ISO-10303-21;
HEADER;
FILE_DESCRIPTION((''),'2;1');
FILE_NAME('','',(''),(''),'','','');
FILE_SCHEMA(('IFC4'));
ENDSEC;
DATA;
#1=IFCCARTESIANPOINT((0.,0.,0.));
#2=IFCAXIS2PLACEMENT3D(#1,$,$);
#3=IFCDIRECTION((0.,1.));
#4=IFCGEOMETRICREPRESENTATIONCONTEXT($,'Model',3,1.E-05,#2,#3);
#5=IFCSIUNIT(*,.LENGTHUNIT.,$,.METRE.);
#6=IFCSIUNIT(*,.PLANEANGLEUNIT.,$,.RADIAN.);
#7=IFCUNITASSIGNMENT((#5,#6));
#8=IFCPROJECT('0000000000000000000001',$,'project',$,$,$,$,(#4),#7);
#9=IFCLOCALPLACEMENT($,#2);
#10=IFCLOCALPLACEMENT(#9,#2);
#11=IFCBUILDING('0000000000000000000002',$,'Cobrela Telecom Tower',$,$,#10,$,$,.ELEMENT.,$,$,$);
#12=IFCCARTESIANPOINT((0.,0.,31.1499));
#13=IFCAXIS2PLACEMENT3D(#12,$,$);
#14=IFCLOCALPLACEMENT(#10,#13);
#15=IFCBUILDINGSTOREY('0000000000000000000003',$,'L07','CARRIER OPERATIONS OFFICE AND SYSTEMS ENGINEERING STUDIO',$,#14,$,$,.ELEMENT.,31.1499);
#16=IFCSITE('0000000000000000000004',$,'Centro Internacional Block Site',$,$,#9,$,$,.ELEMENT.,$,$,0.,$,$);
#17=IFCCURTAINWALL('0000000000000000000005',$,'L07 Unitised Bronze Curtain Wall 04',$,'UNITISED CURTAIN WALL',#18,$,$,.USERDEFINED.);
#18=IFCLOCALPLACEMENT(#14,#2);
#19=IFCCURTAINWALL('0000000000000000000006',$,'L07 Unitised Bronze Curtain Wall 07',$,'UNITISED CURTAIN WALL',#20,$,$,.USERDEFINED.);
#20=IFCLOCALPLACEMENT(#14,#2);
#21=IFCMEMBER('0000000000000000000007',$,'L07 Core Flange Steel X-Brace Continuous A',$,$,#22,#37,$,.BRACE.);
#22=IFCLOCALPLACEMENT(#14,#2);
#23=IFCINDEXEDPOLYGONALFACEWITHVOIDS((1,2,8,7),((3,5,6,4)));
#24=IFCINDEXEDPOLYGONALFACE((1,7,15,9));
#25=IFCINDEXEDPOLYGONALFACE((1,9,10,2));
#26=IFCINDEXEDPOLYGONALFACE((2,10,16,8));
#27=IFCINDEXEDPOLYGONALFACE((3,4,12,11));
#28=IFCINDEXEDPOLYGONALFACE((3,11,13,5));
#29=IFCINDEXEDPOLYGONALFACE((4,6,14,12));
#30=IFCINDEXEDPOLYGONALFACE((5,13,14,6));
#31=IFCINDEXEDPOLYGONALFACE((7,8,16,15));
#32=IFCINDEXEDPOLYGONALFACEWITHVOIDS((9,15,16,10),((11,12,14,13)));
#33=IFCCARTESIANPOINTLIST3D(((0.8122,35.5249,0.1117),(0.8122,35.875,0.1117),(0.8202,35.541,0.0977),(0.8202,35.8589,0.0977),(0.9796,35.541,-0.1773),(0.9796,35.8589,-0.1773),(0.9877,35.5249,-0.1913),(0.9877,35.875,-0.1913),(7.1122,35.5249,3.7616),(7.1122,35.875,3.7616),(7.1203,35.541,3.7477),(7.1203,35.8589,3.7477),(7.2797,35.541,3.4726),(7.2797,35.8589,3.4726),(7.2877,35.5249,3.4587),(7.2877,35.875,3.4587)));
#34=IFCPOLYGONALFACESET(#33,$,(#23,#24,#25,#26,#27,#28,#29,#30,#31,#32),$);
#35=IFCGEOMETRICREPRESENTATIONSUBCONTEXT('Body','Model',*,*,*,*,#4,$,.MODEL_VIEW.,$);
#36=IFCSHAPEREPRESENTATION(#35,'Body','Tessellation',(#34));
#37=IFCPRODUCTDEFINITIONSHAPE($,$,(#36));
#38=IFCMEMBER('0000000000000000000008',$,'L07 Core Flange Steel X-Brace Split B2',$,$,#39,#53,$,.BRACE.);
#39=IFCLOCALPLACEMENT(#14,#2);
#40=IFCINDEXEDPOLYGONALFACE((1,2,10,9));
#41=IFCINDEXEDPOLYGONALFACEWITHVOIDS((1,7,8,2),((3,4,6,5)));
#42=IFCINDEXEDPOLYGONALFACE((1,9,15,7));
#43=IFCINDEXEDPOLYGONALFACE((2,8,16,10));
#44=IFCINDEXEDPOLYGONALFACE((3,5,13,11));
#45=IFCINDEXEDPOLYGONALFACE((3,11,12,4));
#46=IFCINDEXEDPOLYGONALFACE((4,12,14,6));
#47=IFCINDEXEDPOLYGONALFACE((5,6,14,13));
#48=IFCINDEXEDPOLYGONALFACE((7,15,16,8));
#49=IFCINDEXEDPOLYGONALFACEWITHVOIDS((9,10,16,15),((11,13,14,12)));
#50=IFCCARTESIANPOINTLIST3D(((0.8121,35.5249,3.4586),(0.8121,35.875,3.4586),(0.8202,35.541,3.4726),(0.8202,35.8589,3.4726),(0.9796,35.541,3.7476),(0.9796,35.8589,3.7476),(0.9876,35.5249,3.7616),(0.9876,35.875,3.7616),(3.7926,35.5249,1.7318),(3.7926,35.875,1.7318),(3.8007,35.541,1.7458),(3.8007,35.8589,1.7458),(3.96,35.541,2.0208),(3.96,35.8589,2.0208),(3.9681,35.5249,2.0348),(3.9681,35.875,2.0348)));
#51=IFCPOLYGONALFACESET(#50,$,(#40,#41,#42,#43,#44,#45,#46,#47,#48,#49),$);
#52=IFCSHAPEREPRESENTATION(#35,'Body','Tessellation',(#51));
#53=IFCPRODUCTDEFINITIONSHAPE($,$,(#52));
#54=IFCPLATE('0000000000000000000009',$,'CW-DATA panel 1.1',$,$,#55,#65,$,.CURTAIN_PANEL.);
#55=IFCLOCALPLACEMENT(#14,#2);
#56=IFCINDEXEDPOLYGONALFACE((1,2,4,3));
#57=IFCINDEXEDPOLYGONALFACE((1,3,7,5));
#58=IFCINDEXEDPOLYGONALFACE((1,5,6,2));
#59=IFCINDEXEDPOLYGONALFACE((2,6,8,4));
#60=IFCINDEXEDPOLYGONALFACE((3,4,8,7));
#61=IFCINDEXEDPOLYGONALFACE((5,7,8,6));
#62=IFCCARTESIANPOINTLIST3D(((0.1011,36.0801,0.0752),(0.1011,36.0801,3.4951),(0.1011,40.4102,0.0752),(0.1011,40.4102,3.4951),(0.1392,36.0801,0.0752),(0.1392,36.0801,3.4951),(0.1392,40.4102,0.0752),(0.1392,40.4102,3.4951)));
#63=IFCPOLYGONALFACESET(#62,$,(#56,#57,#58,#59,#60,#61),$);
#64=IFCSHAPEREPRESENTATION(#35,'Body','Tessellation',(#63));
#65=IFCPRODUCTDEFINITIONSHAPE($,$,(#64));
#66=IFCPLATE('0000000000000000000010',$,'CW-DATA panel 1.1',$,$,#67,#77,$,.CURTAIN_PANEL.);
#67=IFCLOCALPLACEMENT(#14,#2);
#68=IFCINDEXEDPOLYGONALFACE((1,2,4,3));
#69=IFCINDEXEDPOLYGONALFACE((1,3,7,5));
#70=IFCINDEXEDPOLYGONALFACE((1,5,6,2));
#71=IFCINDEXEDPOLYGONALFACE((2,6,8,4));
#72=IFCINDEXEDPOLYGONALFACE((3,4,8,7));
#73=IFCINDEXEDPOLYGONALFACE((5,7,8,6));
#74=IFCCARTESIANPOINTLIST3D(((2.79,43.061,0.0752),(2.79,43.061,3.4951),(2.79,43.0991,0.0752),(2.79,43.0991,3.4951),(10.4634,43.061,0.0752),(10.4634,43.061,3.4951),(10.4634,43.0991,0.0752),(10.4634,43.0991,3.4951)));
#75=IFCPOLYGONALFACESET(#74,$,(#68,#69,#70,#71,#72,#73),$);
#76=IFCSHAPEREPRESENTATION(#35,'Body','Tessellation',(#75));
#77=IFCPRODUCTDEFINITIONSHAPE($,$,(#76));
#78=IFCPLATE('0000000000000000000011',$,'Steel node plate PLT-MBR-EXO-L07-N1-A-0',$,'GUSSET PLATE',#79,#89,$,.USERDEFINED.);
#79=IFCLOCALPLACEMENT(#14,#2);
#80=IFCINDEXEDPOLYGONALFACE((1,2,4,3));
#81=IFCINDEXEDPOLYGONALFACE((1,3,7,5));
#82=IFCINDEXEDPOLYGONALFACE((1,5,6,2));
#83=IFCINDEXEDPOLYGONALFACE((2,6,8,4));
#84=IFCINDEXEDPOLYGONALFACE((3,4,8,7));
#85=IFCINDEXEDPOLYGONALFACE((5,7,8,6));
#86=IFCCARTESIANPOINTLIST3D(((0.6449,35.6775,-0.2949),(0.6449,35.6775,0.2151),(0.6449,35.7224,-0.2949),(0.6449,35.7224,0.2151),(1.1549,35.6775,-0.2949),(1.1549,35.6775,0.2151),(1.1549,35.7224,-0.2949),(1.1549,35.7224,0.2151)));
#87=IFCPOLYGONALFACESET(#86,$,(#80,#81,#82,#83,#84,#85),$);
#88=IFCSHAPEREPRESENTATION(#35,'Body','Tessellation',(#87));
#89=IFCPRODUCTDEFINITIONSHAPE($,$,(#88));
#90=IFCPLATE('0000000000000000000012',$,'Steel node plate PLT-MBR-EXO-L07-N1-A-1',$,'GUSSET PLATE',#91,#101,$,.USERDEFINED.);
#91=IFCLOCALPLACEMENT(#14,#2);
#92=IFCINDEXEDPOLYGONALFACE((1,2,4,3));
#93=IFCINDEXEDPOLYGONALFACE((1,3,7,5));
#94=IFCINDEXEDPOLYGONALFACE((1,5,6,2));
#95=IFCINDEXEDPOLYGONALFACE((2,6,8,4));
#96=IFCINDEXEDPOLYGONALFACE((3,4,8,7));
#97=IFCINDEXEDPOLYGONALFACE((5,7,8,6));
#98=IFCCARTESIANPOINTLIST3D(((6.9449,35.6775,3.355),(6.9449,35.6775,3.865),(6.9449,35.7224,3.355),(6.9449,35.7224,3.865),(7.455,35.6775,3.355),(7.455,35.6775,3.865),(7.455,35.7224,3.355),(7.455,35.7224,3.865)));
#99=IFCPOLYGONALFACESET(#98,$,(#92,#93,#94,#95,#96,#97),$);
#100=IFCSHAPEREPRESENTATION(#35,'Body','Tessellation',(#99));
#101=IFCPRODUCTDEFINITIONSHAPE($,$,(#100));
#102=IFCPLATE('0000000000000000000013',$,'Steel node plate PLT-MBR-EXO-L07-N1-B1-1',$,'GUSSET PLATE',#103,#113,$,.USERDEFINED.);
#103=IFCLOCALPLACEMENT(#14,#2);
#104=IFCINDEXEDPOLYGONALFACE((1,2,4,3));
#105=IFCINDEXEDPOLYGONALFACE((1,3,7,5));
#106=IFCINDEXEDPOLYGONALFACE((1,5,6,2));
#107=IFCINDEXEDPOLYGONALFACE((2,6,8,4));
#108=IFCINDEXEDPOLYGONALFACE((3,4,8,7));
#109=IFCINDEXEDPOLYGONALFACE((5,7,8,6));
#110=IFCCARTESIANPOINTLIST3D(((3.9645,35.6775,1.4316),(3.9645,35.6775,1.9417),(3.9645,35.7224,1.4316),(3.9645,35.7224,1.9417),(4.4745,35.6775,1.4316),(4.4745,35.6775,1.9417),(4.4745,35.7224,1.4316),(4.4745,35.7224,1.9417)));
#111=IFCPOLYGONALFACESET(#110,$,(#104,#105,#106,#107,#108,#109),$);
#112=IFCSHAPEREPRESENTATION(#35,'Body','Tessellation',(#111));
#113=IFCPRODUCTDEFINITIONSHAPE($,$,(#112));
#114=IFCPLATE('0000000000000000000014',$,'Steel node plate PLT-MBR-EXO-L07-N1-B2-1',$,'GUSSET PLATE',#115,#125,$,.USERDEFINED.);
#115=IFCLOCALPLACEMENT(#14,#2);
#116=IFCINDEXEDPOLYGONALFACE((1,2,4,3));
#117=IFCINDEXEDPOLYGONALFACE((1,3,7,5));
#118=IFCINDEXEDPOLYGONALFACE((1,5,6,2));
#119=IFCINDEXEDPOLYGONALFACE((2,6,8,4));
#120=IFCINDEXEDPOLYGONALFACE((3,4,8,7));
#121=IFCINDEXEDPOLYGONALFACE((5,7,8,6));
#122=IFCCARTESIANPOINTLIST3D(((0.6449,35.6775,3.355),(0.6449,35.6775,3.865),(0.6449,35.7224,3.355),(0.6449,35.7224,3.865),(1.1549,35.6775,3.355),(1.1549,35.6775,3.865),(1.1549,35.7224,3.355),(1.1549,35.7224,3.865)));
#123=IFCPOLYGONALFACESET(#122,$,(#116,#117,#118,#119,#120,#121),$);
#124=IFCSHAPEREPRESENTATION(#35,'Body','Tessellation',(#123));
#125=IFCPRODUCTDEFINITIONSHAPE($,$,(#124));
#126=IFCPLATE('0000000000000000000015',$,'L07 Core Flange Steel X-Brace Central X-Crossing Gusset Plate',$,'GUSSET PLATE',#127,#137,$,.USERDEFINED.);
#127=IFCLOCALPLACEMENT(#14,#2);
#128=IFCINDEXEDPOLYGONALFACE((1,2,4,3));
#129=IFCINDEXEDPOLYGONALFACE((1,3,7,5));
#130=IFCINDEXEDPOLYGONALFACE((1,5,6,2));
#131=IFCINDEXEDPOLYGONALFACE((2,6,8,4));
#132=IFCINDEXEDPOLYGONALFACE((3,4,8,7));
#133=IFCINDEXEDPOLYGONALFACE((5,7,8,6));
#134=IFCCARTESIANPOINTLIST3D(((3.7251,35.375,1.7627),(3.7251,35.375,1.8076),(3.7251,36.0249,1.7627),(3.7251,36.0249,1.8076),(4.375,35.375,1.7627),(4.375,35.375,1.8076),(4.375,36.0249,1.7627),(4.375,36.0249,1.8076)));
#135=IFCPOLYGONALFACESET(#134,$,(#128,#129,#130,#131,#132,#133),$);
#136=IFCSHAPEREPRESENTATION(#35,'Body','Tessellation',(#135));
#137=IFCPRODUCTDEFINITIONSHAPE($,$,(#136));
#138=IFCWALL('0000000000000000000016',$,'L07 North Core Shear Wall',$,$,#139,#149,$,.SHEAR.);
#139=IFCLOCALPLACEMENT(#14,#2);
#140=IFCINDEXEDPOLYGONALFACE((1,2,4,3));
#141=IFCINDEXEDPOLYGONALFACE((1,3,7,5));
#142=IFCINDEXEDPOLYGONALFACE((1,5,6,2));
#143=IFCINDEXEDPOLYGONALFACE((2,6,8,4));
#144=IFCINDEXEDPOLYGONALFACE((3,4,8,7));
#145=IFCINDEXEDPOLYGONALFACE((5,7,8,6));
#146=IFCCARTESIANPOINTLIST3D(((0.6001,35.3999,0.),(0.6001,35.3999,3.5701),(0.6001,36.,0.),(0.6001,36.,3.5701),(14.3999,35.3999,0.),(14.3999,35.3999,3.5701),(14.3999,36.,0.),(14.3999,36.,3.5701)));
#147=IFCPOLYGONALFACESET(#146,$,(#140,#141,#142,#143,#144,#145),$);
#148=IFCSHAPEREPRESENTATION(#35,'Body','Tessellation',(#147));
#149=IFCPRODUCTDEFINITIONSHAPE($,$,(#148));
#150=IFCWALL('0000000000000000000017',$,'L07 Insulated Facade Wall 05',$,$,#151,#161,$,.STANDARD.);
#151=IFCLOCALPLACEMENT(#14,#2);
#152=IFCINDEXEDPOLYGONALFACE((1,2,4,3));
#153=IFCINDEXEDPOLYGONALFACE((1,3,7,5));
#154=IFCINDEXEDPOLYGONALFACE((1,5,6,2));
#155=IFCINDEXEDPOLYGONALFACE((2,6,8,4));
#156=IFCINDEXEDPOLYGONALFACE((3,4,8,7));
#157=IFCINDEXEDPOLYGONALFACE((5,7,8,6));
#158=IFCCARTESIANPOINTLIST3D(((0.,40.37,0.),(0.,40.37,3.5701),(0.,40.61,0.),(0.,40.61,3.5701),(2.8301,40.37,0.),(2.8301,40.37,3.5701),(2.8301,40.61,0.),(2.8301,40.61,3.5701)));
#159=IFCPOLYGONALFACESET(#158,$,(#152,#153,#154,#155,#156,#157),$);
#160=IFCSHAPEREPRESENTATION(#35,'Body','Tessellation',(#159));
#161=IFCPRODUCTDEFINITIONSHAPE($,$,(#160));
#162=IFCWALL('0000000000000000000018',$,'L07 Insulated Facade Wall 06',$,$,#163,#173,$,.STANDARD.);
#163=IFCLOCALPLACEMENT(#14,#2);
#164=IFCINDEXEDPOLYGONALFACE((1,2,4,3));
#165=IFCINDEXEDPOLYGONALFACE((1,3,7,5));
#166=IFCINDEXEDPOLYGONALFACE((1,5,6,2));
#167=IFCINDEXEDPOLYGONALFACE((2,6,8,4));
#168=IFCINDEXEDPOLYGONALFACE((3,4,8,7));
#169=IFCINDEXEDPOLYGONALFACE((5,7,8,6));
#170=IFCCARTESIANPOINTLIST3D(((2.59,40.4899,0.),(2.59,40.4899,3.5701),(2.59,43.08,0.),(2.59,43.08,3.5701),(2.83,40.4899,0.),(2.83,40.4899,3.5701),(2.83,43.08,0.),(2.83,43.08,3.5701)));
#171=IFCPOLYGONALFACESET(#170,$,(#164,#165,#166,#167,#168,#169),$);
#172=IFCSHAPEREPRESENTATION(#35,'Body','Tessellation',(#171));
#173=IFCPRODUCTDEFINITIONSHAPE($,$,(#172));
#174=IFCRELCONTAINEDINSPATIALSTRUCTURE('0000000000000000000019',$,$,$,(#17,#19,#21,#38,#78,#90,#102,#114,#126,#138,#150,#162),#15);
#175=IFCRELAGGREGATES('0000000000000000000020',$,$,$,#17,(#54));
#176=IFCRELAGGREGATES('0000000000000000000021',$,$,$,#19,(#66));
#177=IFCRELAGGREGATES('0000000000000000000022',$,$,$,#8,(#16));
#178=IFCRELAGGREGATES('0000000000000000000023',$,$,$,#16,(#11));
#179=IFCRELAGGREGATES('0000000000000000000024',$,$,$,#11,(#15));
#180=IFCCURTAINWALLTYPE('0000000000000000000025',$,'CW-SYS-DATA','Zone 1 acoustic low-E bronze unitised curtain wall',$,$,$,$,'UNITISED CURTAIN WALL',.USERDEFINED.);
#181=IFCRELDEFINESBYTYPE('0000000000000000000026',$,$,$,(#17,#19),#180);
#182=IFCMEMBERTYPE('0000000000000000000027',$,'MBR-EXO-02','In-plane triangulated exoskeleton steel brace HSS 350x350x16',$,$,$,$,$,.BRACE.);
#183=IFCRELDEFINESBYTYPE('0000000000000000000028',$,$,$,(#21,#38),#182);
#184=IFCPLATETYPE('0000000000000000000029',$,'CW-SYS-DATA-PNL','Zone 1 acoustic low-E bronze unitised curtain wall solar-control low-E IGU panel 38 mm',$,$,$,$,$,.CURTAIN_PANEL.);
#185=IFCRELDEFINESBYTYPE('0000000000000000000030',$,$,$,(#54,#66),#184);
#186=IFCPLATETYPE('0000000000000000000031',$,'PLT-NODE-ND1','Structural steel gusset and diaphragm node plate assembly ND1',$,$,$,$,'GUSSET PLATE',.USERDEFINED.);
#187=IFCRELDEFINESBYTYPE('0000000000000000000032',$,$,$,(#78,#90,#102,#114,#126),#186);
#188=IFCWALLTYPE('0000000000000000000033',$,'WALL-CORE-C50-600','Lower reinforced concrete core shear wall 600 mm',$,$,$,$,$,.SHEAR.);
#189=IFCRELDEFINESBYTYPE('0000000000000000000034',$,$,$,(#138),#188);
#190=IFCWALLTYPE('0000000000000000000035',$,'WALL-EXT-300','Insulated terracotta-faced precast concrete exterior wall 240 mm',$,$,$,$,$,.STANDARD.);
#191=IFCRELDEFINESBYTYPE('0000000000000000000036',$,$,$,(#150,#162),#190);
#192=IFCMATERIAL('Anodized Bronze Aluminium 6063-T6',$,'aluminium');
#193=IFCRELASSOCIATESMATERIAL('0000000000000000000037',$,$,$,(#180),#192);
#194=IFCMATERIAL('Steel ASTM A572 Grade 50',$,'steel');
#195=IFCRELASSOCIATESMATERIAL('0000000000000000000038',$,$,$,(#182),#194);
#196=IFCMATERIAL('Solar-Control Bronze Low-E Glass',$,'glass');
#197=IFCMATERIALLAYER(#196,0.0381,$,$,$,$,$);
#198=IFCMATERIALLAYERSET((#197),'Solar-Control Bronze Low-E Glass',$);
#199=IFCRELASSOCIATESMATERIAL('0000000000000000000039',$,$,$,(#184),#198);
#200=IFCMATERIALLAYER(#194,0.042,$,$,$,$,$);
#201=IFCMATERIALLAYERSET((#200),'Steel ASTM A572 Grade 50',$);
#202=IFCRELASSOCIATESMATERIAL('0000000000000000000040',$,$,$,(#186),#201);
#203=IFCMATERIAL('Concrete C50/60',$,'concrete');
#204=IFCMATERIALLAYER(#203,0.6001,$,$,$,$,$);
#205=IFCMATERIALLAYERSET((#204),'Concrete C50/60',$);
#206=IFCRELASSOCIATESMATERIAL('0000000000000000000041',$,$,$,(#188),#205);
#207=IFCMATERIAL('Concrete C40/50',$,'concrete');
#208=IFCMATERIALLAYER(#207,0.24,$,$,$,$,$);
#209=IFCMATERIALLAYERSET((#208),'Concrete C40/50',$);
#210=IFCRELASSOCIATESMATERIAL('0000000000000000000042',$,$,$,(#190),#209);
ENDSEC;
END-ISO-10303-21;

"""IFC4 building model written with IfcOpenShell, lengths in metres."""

from ifc_helpers import new_model, si_unit, direction, frame, frame_2d, origin, origin_2d, place, context, subcontext, project, spatial, rectangle, hollow_rectangle, extrude, material, layer, layer_set, material_profile, profile_set, type_object, element, aggregate, save


model = new_model("IFC4")

# Units and contexts
model_context = context("Model", 3, precision=1e-05, world=origin(), true_north=direction((0.0, 1.0)))
body_context = subcontext(model_context, "Body", "Model", "MODEL_VIEW")
ifc_project = project(units=[si_unit("LENGTHUNIT", "METRE"), si_unit("PLANEANGLEUNIT", "RADIAN")], contexts=[model_context])

# Site, building, storey
site_placement = place(None, origin())
site = spatial("IfcSite", under=ifc_project, at=site_placement, Name="Centro Internacional Block Site", CompositionType="ELEMENT", RefElevation=0.0)
building_placement = place(site_placement, origin())
building = spatial("IfcBuilding", under=site, at=building_placement, Name="Cobrela Telecom Tower", CompositionType="ELEMENT")
storey_placement = place(building_placement, frame((0.0, 0.0, 31.1499)))
storey = spatial("IfcBuildingStorey", under=building, at=storey_placement, Name="L07", Description="CARRIER OPERATIONS OFFICE AND SYSTEMS ENGINEERING STUDIO", CompositionType="ELEMENT", Elevation=31.1499)

# Curtain walls
ifc_material_1 = material(Name="Anodized Bronze Aluminium 6063-T6", Category="aluminium")
curtain_wall_type = type_object("IfcCurtainWallType", Name="CW-SYS-DATA", Description="Zone 1 acoustic low-E bronze unitised curtain wall", ElementType="UNITISED CURTAIN WALL", PredefinedType="USERDEFINED", material=ifc_material_1)
curtain_wall_1_placement = place(storey_placement, origin())
curtain_wall_1 = element("IfcCurtainWall", 1, at=curtain_wall_1_placement, inside=storey, type_object=curtain_wall_type, Name="L07 Unitised Bronze Curtain Wall 04", ObjectType="UNITISED CURTAIN WALL", PredefinedType="USERDEFINED")
curtain_wall_2_placement = place(storey_placement, origin())
curtain_wall_2 = element("IfcCurtainWall", 2, at=curtain_wall_2_placement, inside=storey, type_object=curtain_wall_type, Name="L07 Unitised Bronze Curtain Wall 07", ObjectType="UNITISED CURTAIN WALL", PredefinedType="USERDEFINED")

# Members
ifc_material_2 = material(Name="Steel ASTM A572 Grade 50", Category="steel")
ifc_material_profile_1 = material_profile(ifc_material_2, hollow_rectangle(XDim=0.3501, YDim=0.3501, WallThickness=0.0161, at=origin_2d()), Name="HSS 350x350x16")
ifc_profile_set_1 = profile_set([ifc_material_profile_1], Name="Steel ASTM A572 Grade 50")
member_type_1 = type_object("IfcMemberType", Name="MBR-EXO-02", Description="In-plane triangulated exoskeleton steel brace HSS 350x350x16", PredefinedType="BRACE", material=ifc_profile_set_1)
member_1_placement = place(storey_placement, frame((0.8999, 35.7, -0.0398), z_axis=(0.865277, 0.0, 0.501294), x_axis=(0.0, 1.0, 0.0)))
element("IfcMember", 3, at=member_1_placement, inside=storey, type_object=member_type_1, Name="L07 Core Flange Steel X-Brace Continuous A", PredefinedType="BRACE", context=body_context, shape_type="SweptSolid", body=[
    extrude(hollow_rectangle(XDim=0.3501, YDim=0.3501, WallThickness=0.0161, at=origin_2d()), origin(), (0.0, 0.0, 1.0), 7.281),
])
member_2_placement = place(storey_placement, frame((3.8804, 35.7, 1.8833), z_axis=(-0.865266, 0.0, 0.501313), x_axis=(0.0, -1.0, 0.0)))
element("IfcMember", 4, at=member_2_placement, inside=storey, type_object=member_type_1, Name="L07 Core Flange Steel X-Brace Split B2", PredefinedType="BRACE", context=body_context, shape_type="SweptSolid", body=[
    extrude(hollow_rectangle(XDim=0.3501, YDim=0.3501, WallThickness=0.0161, at=origin_2d()), origin(), (0.0, 0.0, 1.0), 3.4446),
])

# Plates
ifc_material_3 = material(Name="Solar-Control Bronze Low-E Glass", Category="glass")
ifc_layer_1 = layer(ifc_material_3, 0.0381)
ifc_layer_set_1 = layer_set([ifc_layer_1], Name="Solar-Control Bronze Low-E Glass")
plate_type_1 = type_object("IfcPlateType", Name="CW-SYS-DATA-PNL", Description="Zone 1 acoustic low-E bronze unitised curtain wall solar-control low-E IGU panel 38 mm", PredefinedType="CURTAIN_PANEL", material=ifc_layer_set_1)
plate_1_placement = place(storey_placement, frame((0.1201, 38.2451, 0.0752), z_axis=(0.0, 0.0, 1.0), x_axis=(0.0, 1.0, 0.0)))
plate_1 = element("IfcPlate", 5, at=plate_1_placement, type_object=plate_type_1, Name="CW-DATA panel 1.1", PredefinedType="CURTAIN_PANEL", context=body_context, shape_type="SweptSolid", body=[
    extrude(rectangle(XDim=4.3301, YDim=0.0381, at=origin_2d()), origin(), (0.0, 0.0, 1.0), 3.4199),
])
aggregate(curtain_wall_1, [plate_1])
plate_2_placement = place(storey_placement, frame((6.6267, 43.0801, 0.0752), z_axis=(0.0, 0.0, 1.0), x_axis=(1.0, 0.0, 0.0)))
plate_2 = element("IfcPlate", 6, at=plate_2_placement, type_object=plate_type_1, Name="CW-DATA panel 1.1", PredefinedType="CURTAIN_PANEL", context=body_context, shape_type="SweptSolid", body=[
    extrude(rectangle(XDim=7.6733, YDim=0.0381, at=origin_2d()), origin(), (0.0, 0.0, 1.0), 3.4199),
])
aggregate(curtain_wall_2, [plate_2])

# Plates
ifc_layer_2 = layer(ifc_material_2, 0.042)
ifc_layer_set_2 = layer_set([ifc_layer_2], Name="Steel ASTM A572 Grade 50")
plate_type_2 = type_object("IfcPlateType", Name="PLT-NODE-ND1", Description="Structural steel gusset and diaphragm node plate assembly ND1", ElementType="GUSSET PLATE", PredefinedType="USERDEFINED", material=ifc_layer_set_2)
for number, where, z_axis, x_axis, name in (
    (7, (0.8999, 35.7, -0.2949), (0.0, 0.0, 1.0), (1.0, 0.0, 0.0), "Steel node plate PLT-MBR-EXO-L07-N1-A-0"),
    (8, (7.2, 35.7, 3.355), (0.0, 0.0, 1.0), (1.0, 0.0, 0.0), "Steel node plate PLT-MBR-EXO-L07-N1-A-1"),
    (9, (4.2195, 35.7, 1.4316), (0.0, 0.0, 1.0), (-1.0, 0.0, 0.0), "Steel node plate PLT-MBR-EXO-L07-N1-B1-1"),
    (10, (0.8999, 35.7, 3.355), (0.0, 0.0, 1.0), (-1.0, 0.0, 0.0), "Steel node plate PLT-MBR-EXO-L07-N1-B2-1"),
):
    element("IfcPlate", number, at=place(storey_placement, frame(where, z_axis=z_axis, x_axis=x_axis)), inside=storey, type_object=plate_type_2, Name=name, ObjectType="GUSSET PLATE", PredefinedType="USERDEFINED", context=body_context, shape_type="SweptSolid", body=[
        extrude(rectangle(XDim=0.51, YDim=0.0449, at=origin_2d()), origin(), (0.0, 0.0, 1.0), 0.51),
    ])
plate_3_placement = place(storey_placement, frame((4.05, 35.7, 1.7627), z_axis=(0.0, 0.0, 1.0), x_axis=(1.0, 0.0, 0.0)))
element("IfcPlate", 11, at=plate_3_placement, inside=storey, type_object=plate_type_2, Name="L07 Core Flange Steel X-Brace Central X-Crossing Gusset Plate", ObjectType="GUSSET PLATE", PredefinedType="USERDEFINED", context=body_context, shape_type="SweptSolid", body=[
    extrude(rectangle(XDim=0.6499, YDim=0.6499, at=origin_2d()), origin(), (0.0, 0.0, 1.0), 0.0449),
])

# Walls
ifc_material_4 = material(Name="Concrete C50/60", Category="concrete")
ifc_layer_3 = layer(ifc_material_4, 0.6001)
ifc_layer_set_3 = layer_set([ifc_layer_3], Name="Concrete C50/60")
wall_type_1 = type_object("IfcWallType", Name="WALL-CORE-C50-600", Description="Lower reinforced concrete core shear wall 600 mm", PredefinedType="SHEAR", material=ifc_layer_set_3)
wall_1_placement = place(storey_placement, frame((0.6001, 35.7, 0.0), z_axis=(0.0, 0.0, 1.0), x_axis=(1.0, 0.0, 0.0)))
element("IfcWall", 12, at=wall_1_placement, inside=storey, type_object=wall_type_1, Name="L07 North Core Shear Wall", PredefinedType="SHEAR", context=body_context, shape_type="SweptSolid", body=[
    extrude(rectangle(XDim=13.7998, YDim=0.6001, at=frame_2d((6.8999, 0.0))), origin(), (0.0, 0.0, 1.0), 3.5701),
])
ifc_material_5 = material(Name="Concrete C40/50", Category="concrete")
ifc_layer_4 = layer(ifc_material_5, 0.24)
ifc_layer_set_4 = layer_set([ifc_layer_4], Name="Concrete C40/50")
wall_type_2 = type_object("IfcWallType", Name="WALL-EXT-300", Description="Insulated terracotta-faced precast concrete exterior wall 240 mm", PredefinedType="STANDARD", material=ifc_layer_set_4)
wall_2_placement = place(storey_placement, frame((0.0, 40.49, 0.0), z_axis=(0.0, 0.0, 1.0), x_axis=(1.0, 0.0, 0.0)))
element("IfcWall", 13, at=wall_2_placement, inside=storey, type_object=wall_type_2, Name="L07 Insulated Facade Wall 05", PredefinedType="STANDARD", context=body_context, shape_type="SweptSolid", body=[
    extrude(rectangle(XDim=2.8301, YDim=0.24, at=frame_2d((1.415, 0.0))), origin(), (0.0, 0.0, 1.0), 3.5701),
])
wall_3_placement = place(storey_placement, frame((2.71, 40.49, 0.0), z_axis=(0.0, 0.0, 1.0), x_axis=(0.0, 1.0, 0.0)))
element("IfcWall", 14, at=wall_3_placement, inside=storey, type_object=wall_type_2, Name="L07 Insulated Facade Wall 06", PredefinedType="STANDARD", context=body_context, shape_type="SweptSolid", body=[
    extrude(rectangle(XDim=2.5901, YDim=0.24, at=frame_2d((1.2949, 0.0))), origin(), (0.0, 0.0, 1.0), 3.5701),
])

save(model, "model.ifc")
